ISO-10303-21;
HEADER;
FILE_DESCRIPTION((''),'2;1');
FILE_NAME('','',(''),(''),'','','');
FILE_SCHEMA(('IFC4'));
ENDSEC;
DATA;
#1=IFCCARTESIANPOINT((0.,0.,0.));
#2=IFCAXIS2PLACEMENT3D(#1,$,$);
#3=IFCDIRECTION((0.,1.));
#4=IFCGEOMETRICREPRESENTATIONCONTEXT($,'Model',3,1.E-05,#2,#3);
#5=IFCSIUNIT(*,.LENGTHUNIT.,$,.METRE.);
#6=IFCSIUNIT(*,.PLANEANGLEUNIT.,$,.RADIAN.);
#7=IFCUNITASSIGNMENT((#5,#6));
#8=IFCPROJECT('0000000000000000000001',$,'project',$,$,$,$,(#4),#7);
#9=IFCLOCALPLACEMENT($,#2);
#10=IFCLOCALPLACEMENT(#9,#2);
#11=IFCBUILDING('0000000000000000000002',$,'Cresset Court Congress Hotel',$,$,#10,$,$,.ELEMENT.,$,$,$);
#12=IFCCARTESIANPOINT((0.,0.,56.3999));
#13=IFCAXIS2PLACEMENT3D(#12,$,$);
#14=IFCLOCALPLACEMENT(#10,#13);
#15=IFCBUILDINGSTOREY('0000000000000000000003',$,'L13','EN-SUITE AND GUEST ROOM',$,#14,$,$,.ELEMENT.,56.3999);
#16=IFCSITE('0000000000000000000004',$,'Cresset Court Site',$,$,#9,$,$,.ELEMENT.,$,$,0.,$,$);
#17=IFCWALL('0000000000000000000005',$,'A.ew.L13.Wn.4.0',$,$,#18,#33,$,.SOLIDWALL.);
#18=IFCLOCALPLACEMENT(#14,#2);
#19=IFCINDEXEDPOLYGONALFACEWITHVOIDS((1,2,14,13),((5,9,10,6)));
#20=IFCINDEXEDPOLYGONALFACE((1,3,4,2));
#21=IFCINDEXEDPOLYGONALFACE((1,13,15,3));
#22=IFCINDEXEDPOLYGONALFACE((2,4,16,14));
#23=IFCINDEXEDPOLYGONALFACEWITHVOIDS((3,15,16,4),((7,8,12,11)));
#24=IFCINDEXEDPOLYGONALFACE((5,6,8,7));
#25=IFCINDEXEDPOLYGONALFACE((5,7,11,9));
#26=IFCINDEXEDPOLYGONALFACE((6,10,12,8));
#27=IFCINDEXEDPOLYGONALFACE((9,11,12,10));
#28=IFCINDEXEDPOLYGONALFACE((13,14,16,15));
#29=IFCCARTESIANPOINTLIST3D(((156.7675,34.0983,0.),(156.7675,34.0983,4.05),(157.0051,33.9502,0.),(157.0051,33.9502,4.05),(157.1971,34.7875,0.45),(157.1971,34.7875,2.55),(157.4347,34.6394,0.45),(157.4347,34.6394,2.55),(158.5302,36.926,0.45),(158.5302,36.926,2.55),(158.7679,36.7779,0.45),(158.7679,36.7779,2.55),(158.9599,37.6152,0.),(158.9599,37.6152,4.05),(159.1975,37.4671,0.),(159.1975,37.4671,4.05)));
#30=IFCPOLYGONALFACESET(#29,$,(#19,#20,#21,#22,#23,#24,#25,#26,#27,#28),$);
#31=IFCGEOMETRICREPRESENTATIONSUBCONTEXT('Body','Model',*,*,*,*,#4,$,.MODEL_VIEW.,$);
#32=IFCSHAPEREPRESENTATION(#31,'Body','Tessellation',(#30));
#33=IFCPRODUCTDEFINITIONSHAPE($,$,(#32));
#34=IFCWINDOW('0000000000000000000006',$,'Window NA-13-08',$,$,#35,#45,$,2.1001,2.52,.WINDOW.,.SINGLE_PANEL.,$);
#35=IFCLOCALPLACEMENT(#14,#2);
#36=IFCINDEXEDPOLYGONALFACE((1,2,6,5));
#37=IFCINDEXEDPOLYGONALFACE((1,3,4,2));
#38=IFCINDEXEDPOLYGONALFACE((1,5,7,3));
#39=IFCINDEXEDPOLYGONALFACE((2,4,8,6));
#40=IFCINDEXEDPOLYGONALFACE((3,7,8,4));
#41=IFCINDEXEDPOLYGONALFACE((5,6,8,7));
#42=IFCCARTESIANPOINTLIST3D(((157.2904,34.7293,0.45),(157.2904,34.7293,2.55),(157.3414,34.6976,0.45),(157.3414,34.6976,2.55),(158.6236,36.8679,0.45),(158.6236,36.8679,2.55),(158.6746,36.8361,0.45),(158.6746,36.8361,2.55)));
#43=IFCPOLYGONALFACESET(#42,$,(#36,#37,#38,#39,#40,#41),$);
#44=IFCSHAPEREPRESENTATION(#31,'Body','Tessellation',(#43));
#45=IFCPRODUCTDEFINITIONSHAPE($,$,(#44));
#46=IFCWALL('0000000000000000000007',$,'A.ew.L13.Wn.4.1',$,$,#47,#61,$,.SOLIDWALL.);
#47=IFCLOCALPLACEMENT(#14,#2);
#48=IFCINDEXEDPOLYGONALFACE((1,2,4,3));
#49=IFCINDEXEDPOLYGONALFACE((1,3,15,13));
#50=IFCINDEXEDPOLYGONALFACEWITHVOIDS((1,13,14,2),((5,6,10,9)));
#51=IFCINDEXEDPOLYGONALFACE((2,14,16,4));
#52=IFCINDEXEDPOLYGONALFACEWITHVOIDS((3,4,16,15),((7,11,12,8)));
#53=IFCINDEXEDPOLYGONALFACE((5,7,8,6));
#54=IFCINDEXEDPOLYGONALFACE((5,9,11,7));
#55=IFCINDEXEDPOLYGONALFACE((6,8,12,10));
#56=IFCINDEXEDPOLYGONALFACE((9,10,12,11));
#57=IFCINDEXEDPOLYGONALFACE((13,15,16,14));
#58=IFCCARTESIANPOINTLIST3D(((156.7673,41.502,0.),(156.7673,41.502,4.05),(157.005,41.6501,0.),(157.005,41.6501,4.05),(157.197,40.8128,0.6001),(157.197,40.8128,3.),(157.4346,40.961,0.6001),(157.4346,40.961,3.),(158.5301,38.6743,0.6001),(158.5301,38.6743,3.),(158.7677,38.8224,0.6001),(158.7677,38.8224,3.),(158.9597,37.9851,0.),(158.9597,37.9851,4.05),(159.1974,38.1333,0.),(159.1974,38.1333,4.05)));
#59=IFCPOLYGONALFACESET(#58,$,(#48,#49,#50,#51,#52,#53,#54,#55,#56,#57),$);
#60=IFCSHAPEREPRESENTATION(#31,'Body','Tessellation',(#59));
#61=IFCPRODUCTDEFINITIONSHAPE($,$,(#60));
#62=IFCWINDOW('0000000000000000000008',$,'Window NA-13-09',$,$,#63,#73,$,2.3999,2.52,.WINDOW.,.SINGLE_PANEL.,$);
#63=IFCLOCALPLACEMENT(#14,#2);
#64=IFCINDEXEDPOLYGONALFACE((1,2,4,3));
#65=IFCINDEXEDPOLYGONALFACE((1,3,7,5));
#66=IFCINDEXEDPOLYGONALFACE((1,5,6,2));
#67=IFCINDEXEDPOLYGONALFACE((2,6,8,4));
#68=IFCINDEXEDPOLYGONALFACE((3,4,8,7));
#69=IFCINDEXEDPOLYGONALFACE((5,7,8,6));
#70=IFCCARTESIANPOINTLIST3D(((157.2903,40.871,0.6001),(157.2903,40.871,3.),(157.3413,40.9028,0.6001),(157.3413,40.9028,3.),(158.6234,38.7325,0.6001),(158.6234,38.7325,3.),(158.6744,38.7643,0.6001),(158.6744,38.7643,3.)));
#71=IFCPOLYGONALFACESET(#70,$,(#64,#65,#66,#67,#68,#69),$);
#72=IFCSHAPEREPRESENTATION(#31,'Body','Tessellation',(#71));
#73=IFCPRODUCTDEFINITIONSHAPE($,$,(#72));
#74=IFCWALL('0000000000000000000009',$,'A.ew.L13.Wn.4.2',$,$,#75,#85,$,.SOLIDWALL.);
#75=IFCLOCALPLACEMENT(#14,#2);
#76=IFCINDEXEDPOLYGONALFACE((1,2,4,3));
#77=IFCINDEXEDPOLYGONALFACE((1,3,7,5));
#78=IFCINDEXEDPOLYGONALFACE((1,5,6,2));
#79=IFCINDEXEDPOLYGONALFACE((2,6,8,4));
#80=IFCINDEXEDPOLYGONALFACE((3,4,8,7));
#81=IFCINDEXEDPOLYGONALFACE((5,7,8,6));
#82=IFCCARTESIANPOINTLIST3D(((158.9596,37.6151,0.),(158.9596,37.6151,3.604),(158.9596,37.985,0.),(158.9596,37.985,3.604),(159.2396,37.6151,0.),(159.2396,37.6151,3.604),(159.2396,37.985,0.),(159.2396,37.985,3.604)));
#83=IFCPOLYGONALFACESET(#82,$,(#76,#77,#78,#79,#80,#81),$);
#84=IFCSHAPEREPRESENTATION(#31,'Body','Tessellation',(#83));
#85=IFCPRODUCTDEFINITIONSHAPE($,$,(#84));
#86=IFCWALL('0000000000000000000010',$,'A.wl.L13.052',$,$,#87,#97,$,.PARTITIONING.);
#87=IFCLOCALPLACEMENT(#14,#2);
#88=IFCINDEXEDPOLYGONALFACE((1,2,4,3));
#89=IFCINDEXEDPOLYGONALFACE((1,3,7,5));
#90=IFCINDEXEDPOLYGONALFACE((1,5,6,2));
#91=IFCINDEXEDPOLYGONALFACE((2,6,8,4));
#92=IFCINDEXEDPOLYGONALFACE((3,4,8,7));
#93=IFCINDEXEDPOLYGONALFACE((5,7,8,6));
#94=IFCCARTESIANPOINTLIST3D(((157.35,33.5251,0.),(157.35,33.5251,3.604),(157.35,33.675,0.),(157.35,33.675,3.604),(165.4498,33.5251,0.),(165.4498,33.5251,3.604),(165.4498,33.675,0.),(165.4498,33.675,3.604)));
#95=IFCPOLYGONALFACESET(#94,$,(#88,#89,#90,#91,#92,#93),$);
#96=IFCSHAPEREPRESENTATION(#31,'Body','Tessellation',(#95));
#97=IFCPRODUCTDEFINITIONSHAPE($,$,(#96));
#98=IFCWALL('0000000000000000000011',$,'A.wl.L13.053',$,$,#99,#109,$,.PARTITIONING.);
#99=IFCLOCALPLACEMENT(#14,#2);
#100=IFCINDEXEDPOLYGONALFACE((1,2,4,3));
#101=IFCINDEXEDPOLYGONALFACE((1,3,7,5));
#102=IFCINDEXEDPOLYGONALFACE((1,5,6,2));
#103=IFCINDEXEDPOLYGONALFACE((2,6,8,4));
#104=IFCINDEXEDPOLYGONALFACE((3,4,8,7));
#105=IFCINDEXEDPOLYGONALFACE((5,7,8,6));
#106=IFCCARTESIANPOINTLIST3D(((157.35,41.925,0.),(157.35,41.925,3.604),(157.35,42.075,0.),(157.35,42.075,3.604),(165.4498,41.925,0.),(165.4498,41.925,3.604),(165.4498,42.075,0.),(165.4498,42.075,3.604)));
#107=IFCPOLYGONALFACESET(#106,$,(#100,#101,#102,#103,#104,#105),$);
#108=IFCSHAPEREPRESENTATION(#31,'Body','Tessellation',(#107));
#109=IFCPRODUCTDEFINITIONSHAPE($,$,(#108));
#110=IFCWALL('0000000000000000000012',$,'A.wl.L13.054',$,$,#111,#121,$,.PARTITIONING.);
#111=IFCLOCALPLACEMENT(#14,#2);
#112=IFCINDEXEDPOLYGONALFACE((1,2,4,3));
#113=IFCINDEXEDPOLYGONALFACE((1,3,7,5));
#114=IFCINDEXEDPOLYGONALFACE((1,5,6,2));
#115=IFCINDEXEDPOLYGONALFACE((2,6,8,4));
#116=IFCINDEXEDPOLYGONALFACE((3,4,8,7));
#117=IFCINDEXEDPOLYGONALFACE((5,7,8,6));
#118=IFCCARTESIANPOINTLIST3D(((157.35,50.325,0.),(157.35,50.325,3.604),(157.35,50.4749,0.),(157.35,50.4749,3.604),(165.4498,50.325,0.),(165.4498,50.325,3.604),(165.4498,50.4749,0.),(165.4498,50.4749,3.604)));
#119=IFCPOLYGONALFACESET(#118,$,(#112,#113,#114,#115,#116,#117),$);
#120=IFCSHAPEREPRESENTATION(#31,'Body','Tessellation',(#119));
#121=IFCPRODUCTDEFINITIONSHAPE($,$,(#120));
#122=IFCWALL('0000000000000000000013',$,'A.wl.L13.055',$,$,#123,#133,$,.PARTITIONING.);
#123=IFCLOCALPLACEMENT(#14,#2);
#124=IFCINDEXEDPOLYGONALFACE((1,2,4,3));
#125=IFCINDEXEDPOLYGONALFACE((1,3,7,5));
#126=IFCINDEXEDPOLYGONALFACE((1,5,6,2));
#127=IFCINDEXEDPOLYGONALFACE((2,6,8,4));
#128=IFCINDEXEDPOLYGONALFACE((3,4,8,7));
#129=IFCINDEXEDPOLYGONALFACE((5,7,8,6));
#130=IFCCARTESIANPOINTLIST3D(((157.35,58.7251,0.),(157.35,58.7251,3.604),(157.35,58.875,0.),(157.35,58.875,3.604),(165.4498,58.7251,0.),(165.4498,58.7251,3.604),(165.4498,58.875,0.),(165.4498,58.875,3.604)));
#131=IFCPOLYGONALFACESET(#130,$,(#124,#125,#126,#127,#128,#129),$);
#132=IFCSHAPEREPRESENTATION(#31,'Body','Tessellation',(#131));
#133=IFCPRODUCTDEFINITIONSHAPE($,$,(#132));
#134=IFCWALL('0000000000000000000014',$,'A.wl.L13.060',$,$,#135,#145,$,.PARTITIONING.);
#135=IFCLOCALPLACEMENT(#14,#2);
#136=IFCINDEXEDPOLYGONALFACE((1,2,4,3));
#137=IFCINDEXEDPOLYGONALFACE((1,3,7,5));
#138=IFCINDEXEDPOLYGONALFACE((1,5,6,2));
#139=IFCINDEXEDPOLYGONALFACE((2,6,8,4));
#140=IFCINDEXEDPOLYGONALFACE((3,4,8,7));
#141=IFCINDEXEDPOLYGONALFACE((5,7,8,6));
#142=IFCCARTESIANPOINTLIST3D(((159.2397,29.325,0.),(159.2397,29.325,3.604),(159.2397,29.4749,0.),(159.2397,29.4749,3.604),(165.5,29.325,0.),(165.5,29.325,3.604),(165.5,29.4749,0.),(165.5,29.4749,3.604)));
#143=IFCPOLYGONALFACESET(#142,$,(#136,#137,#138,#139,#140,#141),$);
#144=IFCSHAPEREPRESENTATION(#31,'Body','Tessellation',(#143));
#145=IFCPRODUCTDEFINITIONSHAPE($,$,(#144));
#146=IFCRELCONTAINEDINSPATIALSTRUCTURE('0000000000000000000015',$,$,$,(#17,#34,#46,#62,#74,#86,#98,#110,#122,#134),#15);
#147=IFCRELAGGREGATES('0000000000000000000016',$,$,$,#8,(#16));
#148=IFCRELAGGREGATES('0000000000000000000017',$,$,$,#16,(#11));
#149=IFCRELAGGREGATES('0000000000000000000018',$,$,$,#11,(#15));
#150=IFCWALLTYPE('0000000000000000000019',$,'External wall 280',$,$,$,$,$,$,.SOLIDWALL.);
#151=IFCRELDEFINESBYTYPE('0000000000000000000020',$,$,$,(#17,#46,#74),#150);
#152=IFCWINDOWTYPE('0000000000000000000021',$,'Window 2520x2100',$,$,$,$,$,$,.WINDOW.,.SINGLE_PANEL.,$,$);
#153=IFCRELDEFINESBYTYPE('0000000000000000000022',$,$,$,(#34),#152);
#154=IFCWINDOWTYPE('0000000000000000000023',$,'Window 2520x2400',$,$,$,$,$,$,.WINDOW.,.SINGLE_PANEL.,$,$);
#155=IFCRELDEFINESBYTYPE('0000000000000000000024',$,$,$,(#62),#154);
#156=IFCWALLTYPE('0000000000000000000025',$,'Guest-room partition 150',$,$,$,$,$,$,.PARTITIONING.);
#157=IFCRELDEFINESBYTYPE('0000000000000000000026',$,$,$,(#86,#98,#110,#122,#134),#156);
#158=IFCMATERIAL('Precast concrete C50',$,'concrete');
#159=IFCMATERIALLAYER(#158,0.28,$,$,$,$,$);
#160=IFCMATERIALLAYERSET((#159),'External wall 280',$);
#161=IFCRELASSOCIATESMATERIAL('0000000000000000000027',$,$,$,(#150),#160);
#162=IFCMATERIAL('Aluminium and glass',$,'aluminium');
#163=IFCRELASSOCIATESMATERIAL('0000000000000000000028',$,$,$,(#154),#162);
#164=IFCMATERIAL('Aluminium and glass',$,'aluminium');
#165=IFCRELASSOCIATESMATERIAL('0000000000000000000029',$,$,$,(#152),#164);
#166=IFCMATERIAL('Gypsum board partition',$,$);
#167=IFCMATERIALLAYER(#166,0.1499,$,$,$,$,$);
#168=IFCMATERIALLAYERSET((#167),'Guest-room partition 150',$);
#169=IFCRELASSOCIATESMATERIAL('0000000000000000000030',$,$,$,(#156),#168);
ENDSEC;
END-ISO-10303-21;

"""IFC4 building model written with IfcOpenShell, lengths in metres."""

from ifc_helpers import new_model, si_unit, direction, frame, frame_2d, origin, place, context, subcontext, project, spatial, rectangle, extrude, material, layer, layer_set, type_object, element, fill, save


model = new_model("IFC4")

# Units and contexts
model_context = context("Model", 3, precision=1e-05, world=origin(), true_north=direction((0.0, 1.0)))
body_context = subcontext(model_context, "Body", "Model", "MODEL_VIEW")
ifc_project = project(units=[si_unit("LENGTHUNIT", "METRE"), si_unit("PLANEANGLEUNIT", "RADIAN")], contexts=[model_context])

# Site, building, storey
site_placement = place(None, origin())
site = spatial("IfcSite", under=ifc_project, at=site_placement, Name="Cresset Court Site", CompositionType="ELEMENT", RefElevation=0.0)
building_placement = place(site_placement, origin())
building = spatial("IfcBuilding", under=site, at=building_placement, Name="Cresset Court Congress Hotel", CompositionType="ELEMENT")
storey_placement = place(building_placement, frame((0.0, 0.0, 56.3999)))
storey = spatial("IfcBuildingStorey", under=building, at=storey_placement, Name="L13", Description="EN-SUITE AND GUEST ROOM", CompositionType="ELEMENT", Elevation=56.3999)

# Walls, openings, windows
ifc_material_1 = material(Name="Precast concrete C50", Category="concrete")
ifc_layer_1 = layer(ifc_material_1, 0.28)
ifc_layer_set_1 = layer_set([ifc_layer_1], Name="External wall 280")
wall_type_1 = type_object("IfcWallType", Name="External wall 280", PredefinedType="SOLIDWALL", material=ifc_layer_set_1)
ifc_material_2 = material(Name="Aluminium and glass", Category="aluminium")
window_type_1 = type_object("IfcWindowType", Name="Window 2520x2400", PartitioningType="SINGLE_PANEL", PredefinedType="WINDOW", material=ifc_material_2)
wall_1_placement = place(storey_placement, frame((156.8862, 34.0242, 0.0), z_axis=(0.0, 0.0, 1.0), x_axis=(0.529019, 0.84861, 0.0)))
wall_1 = element("IfcWall", 1, at=wall_1_placement, inside=storey, type_object=wall_type_1, Name="A.ew.L13.Wn.4.0", PredefinedType="SOLIDWALL", context=body_context, shape_type="SweptSolid", body=[
    extrude(rectangle(XDim=4.1443, YDim=0.28, at=frame_2d((2.0723, 0.0))), origin(), (0.0, 0.0, 1.0), 4.05),
])
opening_1_placement = place(wall_1_placement, frame((0.8123, 0.0, 0.45)))
opening_1 = element("IfcOpeningElement", 2, at=opening_1_placement, cuts=wall_1, PredefinedType="OPENING", context=body_context, shape_type="SweptSolid", body=[
    extrude(rectangle(XDim=2.52, YDim=2.1001, at=frame_2d((1.26, 1.05))), frame((0.0, 0.1499, 0.0), z_axis=(0.0, -1.0, 0.0), x_axis=(1.0, 0.0, 0.0)), (0.0, 0.0, 1.0), 0.3),
])
ifc_material_3 = material(Name="Aluminium and glass", Category="aluminium")
window_type_2 = type_object("IfcWindowType", Name="Window 2520x2100", PartitioningType="SINGLE_PANEL", PredefinedType="WINDOW", material=ifc_material_3)
window_1_placement = place(opening_1_placement, origin())
window_1 = element("IfcWindow", 3, at=window_1_placement, inside=storey, type_object=window_type_2, Name="Window NA-13-08", OverallHeight=2.1001, OverallWidth=2.52, PartitioningType="SINGLE_PANEL", PredefinedType="WINDOW", context=body_context, shape_type="SweptSolid", body=[
    extrude(rectangle(XDim=2.52, YDim=2.1001, at=frame_2d((1.26, 1.05))), frame((0.0, 0.03, 0.0), z_axis=(0.0, -1.0, 0.0), x_axis=(1.0, 0.0, 0.0)), (0.0, 0.0, 1.0), 0.0601),
])
fill(opening_1, window_1)
wall_2_placement = place(storey_placement, frame((159.0786, 38.0591, 0.0), z_axis=(0.0, 0.0, 1.0), x_axis=(-0.529019, 0.84861, 0.0)))
wall_2 = element("IfcWall", 4, at=wall_2_placement, inside=storey, type_object=wall_type_1, Name="A.ew.L13.Wn.4.1", PredefinedType="SOLIDWALL", context=body_context, shape_type="SweptSolid", body=[
    extrude(rectangle(XDim=4.1443, YDim=0.28, at=frame_2d((2.0723, 0.0))), origin(), (0.0, 0.0, 1.0), 4.05),
])
opening_2_placement = place(wall_2_placement, frame((0.8123, 0.0, 0.6001)))
opening_2 = element("IfcOpeningElement", 5, at=opening_2_placement, cuts=wall_2, PredefinedType="OPENING", context=body_context, shape_type="SweptSolid", body=[
    extrude(rectangle(XDim=2.52, YDim=2.3999, at=frame_2d((1.26, 1.2))), frame((0.0, 0.1499, 0.0), z_axis=(0.0, -1.0, 0.0), x_axis=(1.0, 0.0, 0.0)), (0.0, 0.0, 1.0), 0.3),
])
window_2_placement = place(opening_2_placement, origin())
window_2 = element("IfcWindow", 6, at=window_2_placement, inside=storey, type_object=window_type_1, Name="Window NA-13-09", OverallHeight=2.3999, OverallWidth=2.52, PartitioningType="SINGLE_PANEL", PredefinedType="WINDOW", context=body_context, shape_type="SweptSolid", body=[
    extrude(rectangle(XDim=2.52, YDim=2.3999, at=frame_2d((1.26, 1.2))), frame((0.0, 0.03, 0.0), z_axis=(0.0, -1.0, 0.0), x_axis=(1.0, 0.0, 0.0)), (0.0, 0.0, 1.0), 0.0601),
])
fill(opening_2, window_2)

# Walls
wall_3_placement = place(storey_placement, frame((159.0996, 37.615, 0.0), z_axis=(0.0, 0.0, 1.0), x_axis=(0.0, 1.0, 0.0)))
element("IfcWall", 7, at=wall_3_placement, inside=storey, type_object=wall_type_1, Name="A.ew.L13.Wn.4.2", PredefinedType="SOLIDWALL", context=body_context, shape_type="SweptSolid", body=[
    extrude(rectangle(XDim=0.3699, YDim=0.28, at=frame_2d((0.1851, 0.0))), origin(), (0.0, 0.0, 1.0), 3.604),
])
ifc_material_4 = material(Name="Gypsum board partition")
ifc_layer_2 = layer(ifc_material_4, 0.1499)
ifc_layer_set_2 = layer_set([ifc_layer_2], Name="Guest-room partition 150")
wall_type_2 = type_object("IfcWallType", Name="Guest-room partition 150", PredefinedType="PARTITIONING", material=ifc_layer_set_2)
for number, where, z_axis, x_axis, name in (
    (8, (157.3501, 33.6001, 0.0), (0.0, 0.0, 1.0), (1.0, 0.0, 0.0), "A.wl.L13.052"),
    (9, (157.3501, 42.0, 0.0), (0.0, 0.0, 1.0), (1.0, 0.0, 0.0), "A.wl.L13.053"),
    (10, (157.3501, 50.3999, 0.0), (0.0, 0.0, 1.0), (1.0, 0.0, 0.0), "A.wl.L13.054"),
    (11, (157.3501, 58.8, 0.0), (0.0, 0.0, 1.0), (1.0, 0.0, 0.0), "A.wl.L13.055"),
):
    element("IfcWall", number, at=place(storey_placement, frame(where, z_axis=z_axis, x_axis=x_axis)), inside=storey, type_object=wall_type_2, Name=name, PredefinedType="PARTITIONING", context=body_context, shape_type="SweptSolid", body=[
        extrude(rectangle(XDim=8.0999, YDim=0.1499, at=frame_2d((4.0498, 0.0))), origin(), (0.0, 0.0, 1.0), 3.604),
    ])
wall_4_placement = place(storey_placement, frame((159.2397, 29.3999, 0.0), z_axis=(0.0, 0.0, 1.0), x_axis=(1.0, 0.0, 0.0)))
element("IfcWall", 12, at=wall_4_placement, inside=storey, type_object=wall_type_2, Name="A.wl.L13.060", PredefinedType="PARTITIONING", context=body_context, shape_type="SweptSolid", body=[
    extrude(rectangle(XDim=6.2603, YDim=0.1499, at=frame_2d((3.1301, 0.0))), origin(), (0.0, 0.0, 1.0), 3.604),
])

save(model, "model.ifc")
